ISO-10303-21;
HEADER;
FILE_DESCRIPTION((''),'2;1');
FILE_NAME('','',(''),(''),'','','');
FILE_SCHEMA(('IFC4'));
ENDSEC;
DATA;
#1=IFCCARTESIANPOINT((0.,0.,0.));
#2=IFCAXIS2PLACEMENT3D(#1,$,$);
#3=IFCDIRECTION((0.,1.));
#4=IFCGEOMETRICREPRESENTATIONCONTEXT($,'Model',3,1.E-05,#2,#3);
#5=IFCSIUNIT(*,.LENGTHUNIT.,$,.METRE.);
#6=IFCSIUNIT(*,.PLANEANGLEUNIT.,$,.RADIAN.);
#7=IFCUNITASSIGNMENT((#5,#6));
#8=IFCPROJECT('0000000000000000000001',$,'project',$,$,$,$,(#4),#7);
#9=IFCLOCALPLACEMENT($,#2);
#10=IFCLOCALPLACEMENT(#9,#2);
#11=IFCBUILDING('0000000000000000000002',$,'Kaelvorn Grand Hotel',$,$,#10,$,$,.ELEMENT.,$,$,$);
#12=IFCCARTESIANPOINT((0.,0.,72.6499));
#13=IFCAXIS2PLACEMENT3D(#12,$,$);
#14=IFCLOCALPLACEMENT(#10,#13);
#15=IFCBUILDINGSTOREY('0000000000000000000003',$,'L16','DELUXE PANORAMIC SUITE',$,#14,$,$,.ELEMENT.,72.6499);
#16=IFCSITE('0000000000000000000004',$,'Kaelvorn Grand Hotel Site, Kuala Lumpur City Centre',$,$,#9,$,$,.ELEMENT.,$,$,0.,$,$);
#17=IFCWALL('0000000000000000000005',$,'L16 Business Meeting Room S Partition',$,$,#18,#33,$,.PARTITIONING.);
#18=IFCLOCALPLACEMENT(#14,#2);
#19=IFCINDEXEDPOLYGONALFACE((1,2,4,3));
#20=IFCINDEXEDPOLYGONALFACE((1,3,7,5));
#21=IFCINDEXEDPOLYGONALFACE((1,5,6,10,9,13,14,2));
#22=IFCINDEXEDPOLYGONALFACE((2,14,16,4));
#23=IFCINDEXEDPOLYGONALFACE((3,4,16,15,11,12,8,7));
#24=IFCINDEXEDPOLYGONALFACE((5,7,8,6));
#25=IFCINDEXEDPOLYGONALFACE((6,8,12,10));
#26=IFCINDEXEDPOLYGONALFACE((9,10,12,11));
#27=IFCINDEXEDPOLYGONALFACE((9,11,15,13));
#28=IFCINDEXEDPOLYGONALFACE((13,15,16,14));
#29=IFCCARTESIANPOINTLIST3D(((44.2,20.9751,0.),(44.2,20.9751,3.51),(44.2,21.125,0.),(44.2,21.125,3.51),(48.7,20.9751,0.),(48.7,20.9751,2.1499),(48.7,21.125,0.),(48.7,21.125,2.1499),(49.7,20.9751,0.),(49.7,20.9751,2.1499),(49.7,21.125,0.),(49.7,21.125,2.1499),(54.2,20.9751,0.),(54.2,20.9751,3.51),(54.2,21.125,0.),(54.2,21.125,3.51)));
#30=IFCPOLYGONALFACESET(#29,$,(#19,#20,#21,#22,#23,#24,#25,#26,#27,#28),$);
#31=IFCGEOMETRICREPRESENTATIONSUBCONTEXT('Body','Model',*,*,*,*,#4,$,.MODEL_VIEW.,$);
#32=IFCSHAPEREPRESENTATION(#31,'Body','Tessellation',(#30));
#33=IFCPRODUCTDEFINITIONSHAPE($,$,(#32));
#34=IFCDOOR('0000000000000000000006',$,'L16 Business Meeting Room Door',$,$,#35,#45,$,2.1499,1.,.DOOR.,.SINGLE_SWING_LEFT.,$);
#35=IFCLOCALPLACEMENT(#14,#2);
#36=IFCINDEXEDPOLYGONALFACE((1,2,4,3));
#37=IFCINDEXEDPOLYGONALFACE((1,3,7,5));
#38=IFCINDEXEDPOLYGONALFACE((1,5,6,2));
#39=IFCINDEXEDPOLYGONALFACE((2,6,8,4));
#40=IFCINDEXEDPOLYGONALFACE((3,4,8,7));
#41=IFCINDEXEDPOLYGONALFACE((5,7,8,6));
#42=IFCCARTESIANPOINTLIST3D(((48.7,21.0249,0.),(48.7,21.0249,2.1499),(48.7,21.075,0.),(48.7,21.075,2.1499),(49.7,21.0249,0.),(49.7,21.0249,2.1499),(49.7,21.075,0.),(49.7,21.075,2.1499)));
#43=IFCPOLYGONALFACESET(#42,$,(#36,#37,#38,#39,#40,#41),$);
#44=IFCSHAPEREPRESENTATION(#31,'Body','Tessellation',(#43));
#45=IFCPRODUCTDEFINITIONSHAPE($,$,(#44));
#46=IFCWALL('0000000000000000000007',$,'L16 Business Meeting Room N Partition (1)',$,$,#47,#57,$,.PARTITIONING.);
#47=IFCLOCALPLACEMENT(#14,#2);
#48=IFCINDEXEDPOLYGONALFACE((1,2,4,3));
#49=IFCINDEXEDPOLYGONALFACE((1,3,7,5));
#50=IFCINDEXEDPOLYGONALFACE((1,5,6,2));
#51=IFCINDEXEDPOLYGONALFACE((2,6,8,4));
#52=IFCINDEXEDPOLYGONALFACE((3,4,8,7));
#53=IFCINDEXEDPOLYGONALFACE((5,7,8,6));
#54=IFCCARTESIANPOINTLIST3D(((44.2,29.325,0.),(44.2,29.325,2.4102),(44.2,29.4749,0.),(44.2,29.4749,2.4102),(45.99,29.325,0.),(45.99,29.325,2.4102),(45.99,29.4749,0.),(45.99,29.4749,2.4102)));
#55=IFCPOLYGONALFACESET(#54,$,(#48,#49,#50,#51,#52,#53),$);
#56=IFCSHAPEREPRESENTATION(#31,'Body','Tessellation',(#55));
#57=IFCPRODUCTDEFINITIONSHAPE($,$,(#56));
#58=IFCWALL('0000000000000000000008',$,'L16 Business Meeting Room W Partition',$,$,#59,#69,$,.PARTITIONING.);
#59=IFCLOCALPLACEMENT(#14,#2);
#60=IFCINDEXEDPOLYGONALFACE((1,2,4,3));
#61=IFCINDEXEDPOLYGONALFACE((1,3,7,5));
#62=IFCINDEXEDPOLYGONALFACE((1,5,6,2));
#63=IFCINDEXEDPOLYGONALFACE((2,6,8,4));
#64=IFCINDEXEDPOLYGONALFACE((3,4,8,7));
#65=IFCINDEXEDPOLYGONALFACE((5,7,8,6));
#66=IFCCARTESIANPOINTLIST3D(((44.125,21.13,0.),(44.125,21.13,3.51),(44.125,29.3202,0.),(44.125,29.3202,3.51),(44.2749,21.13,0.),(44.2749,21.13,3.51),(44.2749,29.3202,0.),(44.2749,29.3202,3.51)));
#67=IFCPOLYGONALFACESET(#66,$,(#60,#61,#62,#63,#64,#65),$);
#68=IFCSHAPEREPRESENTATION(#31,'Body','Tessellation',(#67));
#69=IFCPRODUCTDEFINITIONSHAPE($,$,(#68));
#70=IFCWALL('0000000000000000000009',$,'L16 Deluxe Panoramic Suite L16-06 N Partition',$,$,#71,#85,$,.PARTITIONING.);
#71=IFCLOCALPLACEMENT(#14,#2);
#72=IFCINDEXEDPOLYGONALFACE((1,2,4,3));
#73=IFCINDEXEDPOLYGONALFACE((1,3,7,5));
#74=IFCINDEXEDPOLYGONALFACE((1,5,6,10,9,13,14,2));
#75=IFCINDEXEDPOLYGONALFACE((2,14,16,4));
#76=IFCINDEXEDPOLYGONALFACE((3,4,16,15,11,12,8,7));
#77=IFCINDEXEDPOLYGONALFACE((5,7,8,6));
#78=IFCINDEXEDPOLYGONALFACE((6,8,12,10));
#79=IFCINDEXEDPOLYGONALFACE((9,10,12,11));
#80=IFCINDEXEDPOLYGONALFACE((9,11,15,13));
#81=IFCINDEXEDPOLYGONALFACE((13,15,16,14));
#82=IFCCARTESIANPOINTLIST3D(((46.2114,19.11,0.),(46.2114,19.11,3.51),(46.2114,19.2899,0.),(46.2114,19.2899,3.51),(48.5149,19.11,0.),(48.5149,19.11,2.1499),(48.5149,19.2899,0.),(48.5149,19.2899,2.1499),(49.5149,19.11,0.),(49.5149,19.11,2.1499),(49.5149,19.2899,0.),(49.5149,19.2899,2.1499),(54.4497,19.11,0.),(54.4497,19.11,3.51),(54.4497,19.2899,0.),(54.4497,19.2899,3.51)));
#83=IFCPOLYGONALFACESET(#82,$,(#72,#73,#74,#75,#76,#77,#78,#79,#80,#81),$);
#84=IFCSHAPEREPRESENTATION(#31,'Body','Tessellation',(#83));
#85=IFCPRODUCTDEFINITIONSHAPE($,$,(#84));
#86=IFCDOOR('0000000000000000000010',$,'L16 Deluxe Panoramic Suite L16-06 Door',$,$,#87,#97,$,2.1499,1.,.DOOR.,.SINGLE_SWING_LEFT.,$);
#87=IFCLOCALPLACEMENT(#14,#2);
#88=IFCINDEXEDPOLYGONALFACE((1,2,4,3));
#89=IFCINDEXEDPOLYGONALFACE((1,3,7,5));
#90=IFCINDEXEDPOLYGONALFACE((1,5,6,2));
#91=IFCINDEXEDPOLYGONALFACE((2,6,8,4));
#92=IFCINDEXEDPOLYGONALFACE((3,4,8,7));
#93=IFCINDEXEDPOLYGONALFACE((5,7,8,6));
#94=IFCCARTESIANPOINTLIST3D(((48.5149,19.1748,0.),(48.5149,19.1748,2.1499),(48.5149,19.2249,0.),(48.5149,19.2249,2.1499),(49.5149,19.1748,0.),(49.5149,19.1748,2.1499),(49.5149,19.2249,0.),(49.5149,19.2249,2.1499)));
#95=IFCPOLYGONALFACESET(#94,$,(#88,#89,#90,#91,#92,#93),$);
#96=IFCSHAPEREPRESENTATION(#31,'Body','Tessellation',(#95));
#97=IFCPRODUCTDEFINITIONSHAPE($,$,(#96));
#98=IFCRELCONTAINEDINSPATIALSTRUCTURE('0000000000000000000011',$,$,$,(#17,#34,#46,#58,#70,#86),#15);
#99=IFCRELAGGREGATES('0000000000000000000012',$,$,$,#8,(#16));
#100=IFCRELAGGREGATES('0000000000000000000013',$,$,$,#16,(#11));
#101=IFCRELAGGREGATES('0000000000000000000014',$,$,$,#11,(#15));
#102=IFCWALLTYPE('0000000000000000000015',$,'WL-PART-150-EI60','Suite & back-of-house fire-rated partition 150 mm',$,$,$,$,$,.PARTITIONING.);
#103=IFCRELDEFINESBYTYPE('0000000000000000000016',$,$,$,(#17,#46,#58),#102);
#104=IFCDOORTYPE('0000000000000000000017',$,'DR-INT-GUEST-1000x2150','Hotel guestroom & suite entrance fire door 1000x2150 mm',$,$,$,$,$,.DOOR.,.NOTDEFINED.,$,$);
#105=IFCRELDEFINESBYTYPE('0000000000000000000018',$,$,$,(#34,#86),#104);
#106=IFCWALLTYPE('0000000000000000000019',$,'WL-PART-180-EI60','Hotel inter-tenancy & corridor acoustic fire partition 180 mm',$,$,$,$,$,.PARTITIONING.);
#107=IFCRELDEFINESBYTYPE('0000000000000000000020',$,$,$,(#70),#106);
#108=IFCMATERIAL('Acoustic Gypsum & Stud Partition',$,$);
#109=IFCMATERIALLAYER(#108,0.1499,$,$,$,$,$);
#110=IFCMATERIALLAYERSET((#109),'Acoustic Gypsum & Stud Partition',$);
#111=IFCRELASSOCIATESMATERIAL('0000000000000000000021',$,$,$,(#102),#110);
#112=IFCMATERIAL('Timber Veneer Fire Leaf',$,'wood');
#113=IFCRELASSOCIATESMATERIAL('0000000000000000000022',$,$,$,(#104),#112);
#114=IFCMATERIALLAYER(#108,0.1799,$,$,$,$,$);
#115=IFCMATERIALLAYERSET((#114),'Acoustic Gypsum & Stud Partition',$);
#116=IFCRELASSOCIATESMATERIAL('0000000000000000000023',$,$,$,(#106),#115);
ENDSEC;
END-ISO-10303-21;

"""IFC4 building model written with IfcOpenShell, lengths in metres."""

from ifc_helpers import new_model, si_unit, direction, frame, frame_2d, origin, place, context, subcontext, project, spatial, rectangle, extrude, material, layer, layer_set, type_object, element, fill, save


model = new_model("IFC4")

# Units and contexts
model_context = context("Model", 3, precision=1e-05, world=origin(), true_north=direction((0.0, 1.0)))
body_context = subcontext(model_context, "Body", "Model", "MODEL_VIEW")
ifc_project = project(units=[si_unit("LENGTHUNIT", "METRE"), si_unit("PLANEANGLEUNIT", "RADIAN")], contexts=[model_context])

# Site, building, storey
site_placement = place(None, origin())
site = spatial("IfcSite", under=ifc_project, at=site_placement, Name="Kaelvorn Grand Hotel Site, Kuala Lumpur City Centre", CompositionType="ELEMENT", RefElevation=0.0)
building_placement = place(site_placement, origin())
building = spatial("IfcBuilding", under=site, at=building_placement, Name="Kaelvorn Grand Hotel", CompositionType="ELEMENT")
storey_placement = place(building_placement, frame((0.0, 0.0, 72.6499)))
storey = spatial("IfcBuildingStorey", under=building, at=storey_placement, Name="L16", Description="DELUXE PANORAMIC SUITE", CompositionType="ELEMENT", Elevation=72.6499)

# Wall, opening, door
ifc_material_1 = material(Name="Acoustic Gypsum & Stud Partition")
ifc_layer_1 = layer(ifc_material_1, 0.1499)
ifc_layer_set_1 = layer_set([ifc_layer_1], Name="Acoustic Gypsum & Stud Partition")
wall_type_1 = type_object("IfcWallType", Name="WL-PART-150-EI60", Description="Suite & back-of-house fire-rated partition 150 mm", PredefinedType="PARTITIONING", material=ifc_layer_set_1)
wall_1_placement = place(storey_placement, frame((44.2, 21.05, 0.0), z_axis=(0.0, 0.0, 1.0), x_axis=(1.0, 0.0, 0.0)))
wall_1 = element("IfcWall", 1, at=wall_1_placement, inside=storey, type_object=wall_type_1, Name="L16 Business Meeting Room S Partition", PredefinedType="PARTITIONING", context=body_context, shape_type="SweptSolid", body=[
    extrude(rectangle(XDim=10.0, YDim=0.1499, at=frame_2d((5.0, 0.0))), origin(), (0.0, 0.0, 1.0), 3.51),
])
opening_1_placement = place(wall_1_placement, frame((4.5, 0.0, 0.0)))
opening_1 = element("IfcOpeningElement", 2, at=opening_1_placement, cuts=wall_1, PredefinedType="OPENING", context=body_context, shape_type="SweptSolid", body=[
    extrude(rectangle(XDim=1.0, YDim=2.1499, at=frame_2d((0.5, 1.075))), frame((0.0, 0.085, 0.0), z_axis=(0.0, -1.0, 0.0), x_axis=(1.0, 0.0, 0.0)), (0.0, 0.0, 1.0), 0.1699),
])
ifc_material_2 = material(Name="Timber Veneer Fire Leaf", Category="wood")
door_type_1 = type_object("IfcDoorType", Name="DR-INT-GUEST-1000x2150", Description="Hotel guestroom & suite entrance fire door 1000x2150 mm", OperationType="NOTDEFINED", PredefinedType="DOOR", material=ifc_material_2)
door_1_placement = place(opening_1_placement, origin())
door_1 = element("IfcDoor", 3, at=door_1_placement, inside=storey, type_object=door_type_1, Name="L16 Business Meeting Room Door", OperationType="SINGLE_SWING_LEFT", OverallHeight=2.1499, OverallWidth=1.0, PredefinedType="DOOR", context=body_context, shape_type="SweptSolid", body=[
    extrude(rectangle(XDim=1.0, YDim=2.1499, at=frame_2d((0.5, 1.075))), frame((0.0, 0.0249, 0.0), z_axis=(0.0, -1.0, 0.0), x_axis=(1.0, 0.0, 0.0)), (0.0, 0.0, 1.0), 0.05),
])
fill(opening_1, door_1)

# Walls
wall_2_placement = place(storey_placement, frame((44.2, 29.3999, 0.0), z_axis=(0.0, 0.0, 1.0), x_axis=(1.0, 0.0, 0.0)))
element("IfcWall", 4, at=wall_2_placement, inside=storey, type_object=wall_type_1, Name="L16 Business Meeting Room N Partition (1)", PredefinedType="PARTITIONING", context=body_context, shape_type="SweptSolid", body=[
    extrude(rectangle(XDim=1.79, YDim=0.1499, at=frame_2d((0.895, 0.0))), origin(), (0.0, 0.0, 1.0), 2.4102),
])
wall_3_placement = place(storey_placement, frame((44.2, 21.1299, 0.0), z_axis=(0.0, 0.0, 1.0), x_axis=(0.0, 1.0, 0.0)))
element("IfcWall", 5, at=wall_3_placement, inside=storey, type_object=wall_type_1, Name="L16 Business Meeting Room W Partition", PredefinedType="PARTITIONING", context=body_context, shape_type="SweptSolid", body=[
    extrude(rectangle(XDim=8.1902, YDim=0.1499, at=frame_2d((4.0952, 0.0))), origin(), (0.0, 0.0, 1.0), 3.51),
])

# Wall, opening, door
ifc_layer_2 = layer(ifc_material_1, 0.1799)
ifc_layer_set_2 = layer_set([ifc_layer_2], Name="Acoustic Gypsum & Stud Partition")
wall_type_2 = type_object("IfcWallType", Name="WL-PART-180-EI60", Description="Hotel inter-tenancy & corridor acoustic fire partition 180 mm", PredefinedType="PARTITIONING", material=ifc_layer_set_2)
wall_4_placement = place(storey_placement, frame((46.2114, 19.2, 0.0), z_axis=(0.0, 0.0, 1.0), x_axis=(1.0, 0.0, 0.0)))
wall_4 = element("IfcWall", 6, at=wall_4_placement, inside=storey, type_object=wall_type_2, Name="L16 Deluxe Panoramic Suite L16-06 N Partition", PredefinedType="PARTITIONING", context=body_context, shape_type="SweptSolid", body=[
    extrude(rectangle(XDim=8.2383, YDim=0.1799, at=frame_2d((4.1191, 0.0))), origin(), (0.0, 0.0, 1.0), 3.51),
])
opening_2_placement = place(wall_4_placement, frame((2.3035, 0.0, 0.0)))
opening_2 = element("IfcOpeningElement", 7, at=opening_2_placement, cuts=wall_4, PredefinedType="OPENING", context=body_context, shape_type="SweptSolid", body=[
    extrude(rectangle(XDim=1.0, YDim=2.1499, at=frame_2d((0.5, 1.075))), frame((0.0, 0.1001, 0.0), z_axis=(0.0, -1.0, 0.0), x_axis=(1.0, 0.0, 0.0)), (0.0, 0.0, 1.0), 0.2),
])
door_2_placement = place(opening_2_placement, origin())
door_2 = element("IfcDoor", 8, at=door_2_placement, inside=storey, type_object=door_type_1, Name="L16 Deluxe Panoramic Suite L16-06 Door", OperationType="SINGLE_SWING_LEFT", OverallHeight=2.1499, OverallWidth=1.0, PredefinedType="DOOR", context=body_context, shape_type="SweptSolid", body=[
    extrude(rectangle(XDim=1.0, YDim=2.1499, at=frame_2d((0.5, 1.075))), frame((0.0, 0.0249, 0.0), z_axis=(0.0, -1.0, 0.0), x_axis=(1.0, 0.0, 0.0)), (0.0, 0.0, 1.0), 0.05),
])
fill(opening_2, door_2)

save(model, "model.ifc")
